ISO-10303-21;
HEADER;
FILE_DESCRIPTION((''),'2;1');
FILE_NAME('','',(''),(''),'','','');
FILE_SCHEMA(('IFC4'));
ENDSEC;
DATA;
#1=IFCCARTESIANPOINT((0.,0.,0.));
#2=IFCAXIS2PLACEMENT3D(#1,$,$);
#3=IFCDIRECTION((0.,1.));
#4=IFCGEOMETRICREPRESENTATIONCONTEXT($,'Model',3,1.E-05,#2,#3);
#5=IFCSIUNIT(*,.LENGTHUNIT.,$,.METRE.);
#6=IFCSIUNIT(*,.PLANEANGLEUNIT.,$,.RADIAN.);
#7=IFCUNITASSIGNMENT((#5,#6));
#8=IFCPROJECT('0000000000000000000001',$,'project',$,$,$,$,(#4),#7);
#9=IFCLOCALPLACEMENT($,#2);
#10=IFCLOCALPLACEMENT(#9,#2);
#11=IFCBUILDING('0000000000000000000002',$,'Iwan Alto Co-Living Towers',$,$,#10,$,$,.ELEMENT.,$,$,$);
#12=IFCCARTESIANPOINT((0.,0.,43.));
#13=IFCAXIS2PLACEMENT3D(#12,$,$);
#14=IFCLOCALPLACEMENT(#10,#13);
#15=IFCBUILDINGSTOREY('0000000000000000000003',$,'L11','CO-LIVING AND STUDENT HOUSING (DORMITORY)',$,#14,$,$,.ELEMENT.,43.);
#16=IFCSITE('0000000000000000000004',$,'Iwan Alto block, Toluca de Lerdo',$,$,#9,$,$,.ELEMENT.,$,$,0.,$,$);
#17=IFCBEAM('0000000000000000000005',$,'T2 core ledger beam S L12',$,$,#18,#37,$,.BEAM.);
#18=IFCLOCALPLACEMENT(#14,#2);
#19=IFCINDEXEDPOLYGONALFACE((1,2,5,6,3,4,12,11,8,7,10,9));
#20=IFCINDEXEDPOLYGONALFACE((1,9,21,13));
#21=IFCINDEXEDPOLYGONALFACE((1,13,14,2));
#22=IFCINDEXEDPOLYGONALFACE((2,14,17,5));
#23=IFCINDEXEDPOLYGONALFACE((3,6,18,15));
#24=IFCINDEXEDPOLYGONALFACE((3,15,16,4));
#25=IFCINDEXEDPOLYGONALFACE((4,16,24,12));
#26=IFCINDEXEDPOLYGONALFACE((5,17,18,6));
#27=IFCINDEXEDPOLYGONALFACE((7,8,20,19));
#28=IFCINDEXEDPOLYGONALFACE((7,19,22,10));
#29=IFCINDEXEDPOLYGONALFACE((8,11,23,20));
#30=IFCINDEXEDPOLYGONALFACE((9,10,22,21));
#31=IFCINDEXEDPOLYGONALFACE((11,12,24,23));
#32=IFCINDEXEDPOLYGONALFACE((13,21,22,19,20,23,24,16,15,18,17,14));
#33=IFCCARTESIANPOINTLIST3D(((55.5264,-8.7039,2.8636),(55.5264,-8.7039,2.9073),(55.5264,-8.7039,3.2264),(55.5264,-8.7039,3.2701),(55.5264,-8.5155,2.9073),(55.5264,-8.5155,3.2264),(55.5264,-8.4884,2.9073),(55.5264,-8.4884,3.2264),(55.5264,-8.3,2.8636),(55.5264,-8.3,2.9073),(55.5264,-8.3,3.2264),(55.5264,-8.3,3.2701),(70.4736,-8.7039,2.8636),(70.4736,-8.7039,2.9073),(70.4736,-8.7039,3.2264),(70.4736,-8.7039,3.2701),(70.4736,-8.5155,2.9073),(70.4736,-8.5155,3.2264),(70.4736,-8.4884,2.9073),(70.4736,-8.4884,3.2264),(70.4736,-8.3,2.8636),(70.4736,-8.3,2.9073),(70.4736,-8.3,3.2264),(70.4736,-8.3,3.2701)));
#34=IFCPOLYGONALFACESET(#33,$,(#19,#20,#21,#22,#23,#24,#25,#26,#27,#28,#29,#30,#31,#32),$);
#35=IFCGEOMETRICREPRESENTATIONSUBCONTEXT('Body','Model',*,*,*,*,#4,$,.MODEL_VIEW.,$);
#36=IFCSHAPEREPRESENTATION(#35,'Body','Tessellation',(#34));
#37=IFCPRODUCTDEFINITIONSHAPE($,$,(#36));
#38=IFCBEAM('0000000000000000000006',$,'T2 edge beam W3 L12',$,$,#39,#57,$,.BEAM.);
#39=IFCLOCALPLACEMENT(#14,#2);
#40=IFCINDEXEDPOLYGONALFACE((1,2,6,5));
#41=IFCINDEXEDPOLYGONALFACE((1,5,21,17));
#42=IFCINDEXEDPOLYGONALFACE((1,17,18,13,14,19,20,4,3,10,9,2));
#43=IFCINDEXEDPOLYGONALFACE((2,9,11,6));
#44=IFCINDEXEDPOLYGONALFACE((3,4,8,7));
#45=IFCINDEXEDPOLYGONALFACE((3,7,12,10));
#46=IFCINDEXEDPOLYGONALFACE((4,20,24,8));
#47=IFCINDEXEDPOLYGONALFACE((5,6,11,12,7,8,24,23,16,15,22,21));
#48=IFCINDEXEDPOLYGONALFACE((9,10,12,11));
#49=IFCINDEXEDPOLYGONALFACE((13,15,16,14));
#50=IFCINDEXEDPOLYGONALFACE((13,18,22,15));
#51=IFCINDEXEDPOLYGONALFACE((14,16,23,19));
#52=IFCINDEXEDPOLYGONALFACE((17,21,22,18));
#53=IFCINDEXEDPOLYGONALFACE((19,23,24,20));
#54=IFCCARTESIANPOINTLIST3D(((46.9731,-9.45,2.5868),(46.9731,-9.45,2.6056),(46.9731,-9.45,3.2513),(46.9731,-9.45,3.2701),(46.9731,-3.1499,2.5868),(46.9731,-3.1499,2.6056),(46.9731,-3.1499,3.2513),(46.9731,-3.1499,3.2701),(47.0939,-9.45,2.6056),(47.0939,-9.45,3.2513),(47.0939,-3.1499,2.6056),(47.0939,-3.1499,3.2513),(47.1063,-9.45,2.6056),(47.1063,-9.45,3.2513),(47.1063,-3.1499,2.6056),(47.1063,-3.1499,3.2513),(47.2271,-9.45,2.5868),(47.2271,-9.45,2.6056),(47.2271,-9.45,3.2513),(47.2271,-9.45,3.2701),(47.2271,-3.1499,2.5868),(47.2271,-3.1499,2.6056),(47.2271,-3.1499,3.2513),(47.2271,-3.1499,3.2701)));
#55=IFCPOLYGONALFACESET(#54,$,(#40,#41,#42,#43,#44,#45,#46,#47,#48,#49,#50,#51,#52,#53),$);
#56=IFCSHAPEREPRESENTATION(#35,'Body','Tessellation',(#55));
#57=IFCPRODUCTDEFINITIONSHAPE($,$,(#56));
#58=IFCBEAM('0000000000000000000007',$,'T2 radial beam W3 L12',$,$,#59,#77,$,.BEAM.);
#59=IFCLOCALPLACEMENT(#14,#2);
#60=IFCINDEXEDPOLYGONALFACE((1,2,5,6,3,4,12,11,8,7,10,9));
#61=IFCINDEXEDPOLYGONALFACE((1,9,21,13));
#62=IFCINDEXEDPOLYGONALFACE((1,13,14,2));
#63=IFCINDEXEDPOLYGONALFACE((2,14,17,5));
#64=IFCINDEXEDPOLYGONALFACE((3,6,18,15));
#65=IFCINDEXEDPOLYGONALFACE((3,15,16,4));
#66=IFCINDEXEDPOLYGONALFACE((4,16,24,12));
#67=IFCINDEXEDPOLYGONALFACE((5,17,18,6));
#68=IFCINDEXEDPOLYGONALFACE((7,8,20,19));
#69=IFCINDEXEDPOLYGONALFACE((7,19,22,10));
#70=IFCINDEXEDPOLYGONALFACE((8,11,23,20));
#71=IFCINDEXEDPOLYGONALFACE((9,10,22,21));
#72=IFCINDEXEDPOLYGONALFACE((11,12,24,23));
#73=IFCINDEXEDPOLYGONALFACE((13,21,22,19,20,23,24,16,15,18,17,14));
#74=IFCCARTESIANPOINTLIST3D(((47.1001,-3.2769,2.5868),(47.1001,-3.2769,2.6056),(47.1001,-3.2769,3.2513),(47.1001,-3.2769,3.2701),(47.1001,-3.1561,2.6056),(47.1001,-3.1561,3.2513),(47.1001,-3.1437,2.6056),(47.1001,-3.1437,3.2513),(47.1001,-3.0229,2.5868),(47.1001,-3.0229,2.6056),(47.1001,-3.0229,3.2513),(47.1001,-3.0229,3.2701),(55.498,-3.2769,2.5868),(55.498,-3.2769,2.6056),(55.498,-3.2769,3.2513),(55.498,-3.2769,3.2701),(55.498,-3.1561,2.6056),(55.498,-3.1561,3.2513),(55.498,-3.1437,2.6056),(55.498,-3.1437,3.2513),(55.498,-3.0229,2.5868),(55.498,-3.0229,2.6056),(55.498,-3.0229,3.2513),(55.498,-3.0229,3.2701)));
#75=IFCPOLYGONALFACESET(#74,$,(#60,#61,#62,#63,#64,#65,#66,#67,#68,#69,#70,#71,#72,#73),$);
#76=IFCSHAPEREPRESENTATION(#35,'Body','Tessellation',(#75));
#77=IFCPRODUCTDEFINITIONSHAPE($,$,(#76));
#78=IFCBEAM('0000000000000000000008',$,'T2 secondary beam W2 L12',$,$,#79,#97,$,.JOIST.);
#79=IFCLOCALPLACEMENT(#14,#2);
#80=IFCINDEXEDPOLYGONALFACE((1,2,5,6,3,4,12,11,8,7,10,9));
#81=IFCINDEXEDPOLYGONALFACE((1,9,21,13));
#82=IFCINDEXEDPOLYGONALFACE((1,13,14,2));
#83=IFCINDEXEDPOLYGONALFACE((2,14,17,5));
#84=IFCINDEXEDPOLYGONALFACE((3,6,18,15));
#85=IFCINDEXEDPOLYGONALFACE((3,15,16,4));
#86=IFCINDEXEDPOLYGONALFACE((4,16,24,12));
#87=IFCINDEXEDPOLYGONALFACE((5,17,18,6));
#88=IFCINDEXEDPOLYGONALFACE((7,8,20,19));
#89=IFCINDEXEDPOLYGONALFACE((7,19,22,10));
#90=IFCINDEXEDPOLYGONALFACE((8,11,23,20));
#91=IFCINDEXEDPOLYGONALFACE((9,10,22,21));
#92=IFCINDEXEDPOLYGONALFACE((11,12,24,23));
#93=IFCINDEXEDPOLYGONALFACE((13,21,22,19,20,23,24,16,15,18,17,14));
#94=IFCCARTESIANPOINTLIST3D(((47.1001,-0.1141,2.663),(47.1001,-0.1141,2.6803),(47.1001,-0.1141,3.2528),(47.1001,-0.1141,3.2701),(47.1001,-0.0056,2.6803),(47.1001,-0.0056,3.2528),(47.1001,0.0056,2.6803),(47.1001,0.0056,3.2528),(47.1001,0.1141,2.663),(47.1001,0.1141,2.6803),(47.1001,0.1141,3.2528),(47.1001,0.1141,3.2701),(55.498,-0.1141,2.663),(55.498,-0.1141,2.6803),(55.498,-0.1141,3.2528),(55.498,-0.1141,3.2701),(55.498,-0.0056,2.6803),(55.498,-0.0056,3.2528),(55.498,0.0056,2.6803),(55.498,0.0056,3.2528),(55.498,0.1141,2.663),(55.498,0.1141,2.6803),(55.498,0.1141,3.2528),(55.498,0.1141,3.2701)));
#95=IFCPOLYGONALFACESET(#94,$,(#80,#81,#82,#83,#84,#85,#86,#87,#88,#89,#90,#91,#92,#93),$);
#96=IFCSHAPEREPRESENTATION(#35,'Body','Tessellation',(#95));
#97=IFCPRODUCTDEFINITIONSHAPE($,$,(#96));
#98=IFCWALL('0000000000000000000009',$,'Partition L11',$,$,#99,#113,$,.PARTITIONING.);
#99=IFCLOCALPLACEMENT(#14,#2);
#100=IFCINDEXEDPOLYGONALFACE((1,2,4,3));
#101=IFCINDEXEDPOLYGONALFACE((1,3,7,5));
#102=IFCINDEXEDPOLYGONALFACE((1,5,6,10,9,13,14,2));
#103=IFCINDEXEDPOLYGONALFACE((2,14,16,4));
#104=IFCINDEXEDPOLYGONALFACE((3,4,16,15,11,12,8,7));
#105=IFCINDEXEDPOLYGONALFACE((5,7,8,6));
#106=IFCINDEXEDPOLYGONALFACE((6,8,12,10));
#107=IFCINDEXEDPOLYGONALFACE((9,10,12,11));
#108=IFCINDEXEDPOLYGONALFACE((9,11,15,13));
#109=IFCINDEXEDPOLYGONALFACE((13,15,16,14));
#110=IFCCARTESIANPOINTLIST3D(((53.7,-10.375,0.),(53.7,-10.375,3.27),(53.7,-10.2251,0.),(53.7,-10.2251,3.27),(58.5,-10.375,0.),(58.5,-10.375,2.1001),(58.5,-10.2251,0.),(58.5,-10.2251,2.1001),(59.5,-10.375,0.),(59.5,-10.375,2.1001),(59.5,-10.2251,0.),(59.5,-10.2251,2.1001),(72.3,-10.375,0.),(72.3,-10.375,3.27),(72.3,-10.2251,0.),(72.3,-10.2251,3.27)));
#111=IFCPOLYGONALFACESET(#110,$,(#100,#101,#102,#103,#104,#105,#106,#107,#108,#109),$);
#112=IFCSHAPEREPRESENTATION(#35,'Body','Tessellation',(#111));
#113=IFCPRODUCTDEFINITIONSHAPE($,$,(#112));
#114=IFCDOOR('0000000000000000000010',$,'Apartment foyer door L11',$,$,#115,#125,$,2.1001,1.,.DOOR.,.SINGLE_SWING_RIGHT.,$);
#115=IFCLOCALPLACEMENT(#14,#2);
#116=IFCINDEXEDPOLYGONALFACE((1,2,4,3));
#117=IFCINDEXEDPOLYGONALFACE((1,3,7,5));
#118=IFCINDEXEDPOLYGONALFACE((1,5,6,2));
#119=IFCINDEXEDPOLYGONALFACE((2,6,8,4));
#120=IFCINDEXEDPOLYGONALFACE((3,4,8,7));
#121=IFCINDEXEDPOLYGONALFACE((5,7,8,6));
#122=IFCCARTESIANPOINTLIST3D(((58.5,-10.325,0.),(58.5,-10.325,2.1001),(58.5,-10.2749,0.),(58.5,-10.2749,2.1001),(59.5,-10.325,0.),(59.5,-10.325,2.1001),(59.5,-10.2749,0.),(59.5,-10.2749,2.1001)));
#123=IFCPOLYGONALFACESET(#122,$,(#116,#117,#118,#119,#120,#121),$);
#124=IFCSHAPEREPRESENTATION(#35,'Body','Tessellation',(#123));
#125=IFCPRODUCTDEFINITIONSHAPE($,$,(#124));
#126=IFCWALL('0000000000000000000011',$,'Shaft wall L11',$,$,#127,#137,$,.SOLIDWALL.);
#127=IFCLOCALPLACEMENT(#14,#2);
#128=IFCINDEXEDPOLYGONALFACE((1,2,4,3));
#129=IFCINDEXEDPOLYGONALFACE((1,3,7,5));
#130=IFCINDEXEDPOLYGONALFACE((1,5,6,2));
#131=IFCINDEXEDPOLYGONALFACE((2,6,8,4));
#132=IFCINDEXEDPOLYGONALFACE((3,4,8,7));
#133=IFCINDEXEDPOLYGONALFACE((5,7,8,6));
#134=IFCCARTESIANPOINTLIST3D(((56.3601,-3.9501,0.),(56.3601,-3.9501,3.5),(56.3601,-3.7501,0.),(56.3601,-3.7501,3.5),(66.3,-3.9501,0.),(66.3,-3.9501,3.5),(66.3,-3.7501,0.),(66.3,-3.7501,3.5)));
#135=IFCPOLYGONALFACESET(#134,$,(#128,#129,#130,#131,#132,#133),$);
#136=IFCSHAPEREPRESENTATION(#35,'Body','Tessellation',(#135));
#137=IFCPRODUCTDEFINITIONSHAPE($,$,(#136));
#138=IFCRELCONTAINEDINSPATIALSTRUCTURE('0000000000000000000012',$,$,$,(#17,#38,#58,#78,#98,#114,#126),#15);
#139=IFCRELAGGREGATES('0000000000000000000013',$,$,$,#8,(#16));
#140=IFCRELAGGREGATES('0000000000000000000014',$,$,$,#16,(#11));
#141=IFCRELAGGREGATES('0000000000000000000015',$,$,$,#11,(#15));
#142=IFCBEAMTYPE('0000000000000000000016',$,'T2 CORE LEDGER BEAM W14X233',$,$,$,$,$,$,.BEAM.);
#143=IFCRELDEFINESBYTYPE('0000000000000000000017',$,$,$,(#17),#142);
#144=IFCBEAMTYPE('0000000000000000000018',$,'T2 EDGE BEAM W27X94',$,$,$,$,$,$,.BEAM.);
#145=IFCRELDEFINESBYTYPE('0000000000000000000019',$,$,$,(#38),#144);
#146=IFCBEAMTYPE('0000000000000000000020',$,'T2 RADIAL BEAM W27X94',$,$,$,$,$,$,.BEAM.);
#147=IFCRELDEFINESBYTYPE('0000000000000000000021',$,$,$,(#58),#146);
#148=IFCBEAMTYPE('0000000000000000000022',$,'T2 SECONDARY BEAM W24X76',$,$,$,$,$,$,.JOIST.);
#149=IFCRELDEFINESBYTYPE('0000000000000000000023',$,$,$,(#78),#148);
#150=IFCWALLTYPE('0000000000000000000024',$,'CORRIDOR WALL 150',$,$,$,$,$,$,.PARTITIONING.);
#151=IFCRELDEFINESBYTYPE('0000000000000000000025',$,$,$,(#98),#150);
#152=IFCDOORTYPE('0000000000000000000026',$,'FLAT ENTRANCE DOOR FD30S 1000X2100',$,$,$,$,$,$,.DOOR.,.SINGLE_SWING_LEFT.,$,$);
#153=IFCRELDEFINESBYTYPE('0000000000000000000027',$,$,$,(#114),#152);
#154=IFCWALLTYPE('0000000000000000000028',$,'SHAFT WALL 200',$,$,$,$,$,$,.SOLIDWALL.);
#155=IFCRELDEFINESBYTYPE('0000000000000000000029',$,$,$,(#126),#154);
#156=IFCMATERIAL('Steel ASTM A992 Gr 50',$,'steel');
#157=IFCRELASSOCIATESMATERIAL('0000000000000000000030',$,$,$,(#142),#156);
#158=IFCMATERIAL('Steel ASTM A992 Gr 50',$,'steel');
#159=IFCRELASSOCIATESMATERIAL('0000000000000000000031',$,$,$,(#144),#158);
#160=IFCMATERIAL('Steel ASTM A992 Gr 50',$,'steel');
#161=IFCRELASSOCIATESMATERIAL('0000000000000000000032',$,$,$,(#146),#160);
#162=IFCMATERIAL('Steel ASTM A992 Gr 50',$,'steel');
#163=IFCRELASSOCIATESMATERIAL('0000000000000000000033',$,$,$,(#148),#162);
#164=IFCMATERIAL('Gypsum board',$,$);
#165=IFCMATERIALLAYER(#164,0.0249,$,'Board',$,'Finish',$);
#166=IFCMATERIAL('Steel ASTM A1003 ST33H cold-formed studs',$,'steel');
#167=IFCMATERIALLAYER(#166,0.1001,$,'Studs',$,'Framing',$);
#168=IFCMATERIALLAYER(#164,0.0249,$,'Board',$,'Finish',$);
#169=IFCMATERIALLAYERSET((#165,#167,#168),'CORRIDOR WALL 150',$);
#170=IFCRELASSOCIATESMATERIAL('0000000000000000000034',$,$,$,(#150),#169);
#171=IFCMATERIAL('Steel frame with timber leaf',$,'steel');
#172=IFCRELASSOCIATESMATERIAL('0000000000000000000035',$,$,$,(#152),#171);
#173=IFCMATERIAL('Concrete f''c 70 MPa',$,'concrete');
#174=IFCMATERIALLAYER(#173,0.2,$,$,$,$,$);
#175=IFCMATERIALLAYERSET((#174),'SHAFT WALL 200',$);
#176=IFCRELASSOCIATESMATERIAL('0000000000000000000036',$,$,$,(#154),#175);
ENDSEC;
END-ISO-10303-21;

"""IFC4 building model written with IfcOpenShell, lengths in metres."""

from ifc_helpers import new_model, si_unit, direction, frame, frame_2d, origin, origin_2d, place, context, subcontext, project, spatial, rectangle, i_section, extrude, material, layer, layer_set, material_profile, profile_set, type_object, element, fill, save


model = new_model("IFC4")

# Units and contexts
model_context = context("Model", 3, precision=1e-05, world=origin(), true_north=direction((0.0, 1.0)))
body_context = subcontext(model_context, "Body", "Model", "MODEL_VIEW")
ifc_project = project(units=[si_unit("LENGTHUNIT", "METRE"), si_unit("PLANEANGLEUNIT", "RADIAN")], contexts=[model_context])

# Site, building, storey
site_placement = place(None, origin())
site = spatial("IfcSite", under=ifc_project, at=site_placement, Name="Iwan Alto block, Toluca de Lerdo", CompositionType="ELEMENT", RefElevation=0.0)
building_placement = place(site_placement, origin())
building = spatial("IfcBuilding", under=site, at=building_placement, Name="Iwan Alto Co-Living Towers", CompositionType="ELEMENT")
storey_placement = place(building_placement, frame((0.0, 0.0, 43.0)))
storey = spatial("IfcBuildingStorey", under=building, at=storey_placement, Name="L11", Description="CO-LIVING AND STUDENT HOUSING (DORMITORY)", CompositionType="ELEMENT", Elevation=43.0)

# Beams
ifc_material_1 = material(Name="Steel ASTM A992 Gr 50", Category="steel")
ifc_material_profile_1 = material_profile(ifc_material_1, i_section(OverallWidth=0.4038, OverallDepth=0.4065, WebThickness=0.0271, FlangeThickness=0.0437, at=origin_2d()), Name="W14X233")
ifc_profile_set_1 = profile_set([ifc_material_profile_1], Name="Steel ASTM A992 Gr 50")
beam_type_1 = type_object("IfcBeamType", Name="T2 CORE LEDGER BEAM W14X233", PredefinedType="BEAM", material=ifc_profile_set_1)
beam_1_placement = place(storey_placement, frame((55.5264, -8.502, 3.0669), z_axis=(1.0, 0.0, 0.0), x_axis=(0.0, 1.0, 0.0)))
element("IfcBeam", 1, at=beam_1_placement, inside=storey, type_object=beam_type_1, Name="T2 core ledger beam S L12", PredefinedType="BEAM", context=body_context, shape_type="SweptSolid", body=[
    extrude(i_section(OverallWidth=0.4038, OverallDepth=0.4065, WebThickness=0.0271, FlangeThickness=0.0437, at=origin_2d()), origin(), (0.0, 0.0, 1.0), 14.9473),
])
ifc_material_2 = material(Name="Steel ASTM A992 Gr 50", Category="steel")
ifc_material_profile_2 = material_profile(ifc_material_2, i_section(OverallWidth=0.2539, OverallDepth=0.6833, WebThickness=0.0125, FlangeThickness=0.0188, at=origin_2d()), Name="W27X94")
ifc_profile_set_2 = profile_set([ifc_material_profile_2], Name="Steel ASTM A992 Gr 50")
beam_type_2 = type_object("IfcBeamType", Name="T2 EDGE BEAM W27X94", PredefinedType="BEAM", material=ifc_profile_set_2)
beam_2_placement = place(storey_placement, frame((47.1001, -3.1499, 2.9285), z_axis=(0.0, -1.0, 0.0), x_axis=(1.0, 0.0, 0.0)))
element("IfcBeam", 2, at=beam_2_placement, inside=storey, type_object=beam_type_2, Name="T2 edge beam W3 L12", PredefinedType="BEAM", context=body_context, shape_type="SweptSolid", body=[
    extrude(i_section(OverallWidth=0.2539, OverallDepth=0.6833, WebThickness=0.0125, FlangeThickness=0.0188, at=origin_2d()), origin(), (0.0, 0.0, 1.0), 6.3),
])
ifc_material_3 = material(Name="Steel ASTM A992 Gr 50", Category="steel")
ifc_material_profile_3 = material_profile(ifc_material_3, i_section(OverallWidth=0.2539, OverallDepth=0.6833, WebThickness=0.0125, FlangeThickness=0.0188, at=origin_2d()), Name="W27X94")
ifc_profile_set_3 = profile_set([ifc_material_profile_3], Name="Steel ASTM A992 Gr 50")
beam_type_3 = type_object("IfcBeamType", Name="T2 RADIAL BEAM W27X94", PredefinedType="BEAM", material=ifc_profile_set_3)
beam_3_placement = place(storey_placement, frame((47.1001, -3.1499, 2.9285), z_axis=(1.0, 0.0, 0.0), x_axis=(0.0, 1.0, 0.0)))
element("IfcBeam", 3, at=beam_3_placement, inside=storey, type_object=beam_type_3, Name="T2 radial beam W3 L12", PredefinedType="BEAM", context=body_context, shape_type="SweptSolid", body=[
    extrude(i_section(OverallWidth=0.2539, OverallDepth=0.6833, WebThickness=0.0125, FlangeThickness=0.0188, at=origin_2d()), origin(), (0.0, 0.0, 1.0), 8.3979),
])
ifc_material_4 = material(Name="Steel ASTM A992 Gr 50", Category="steel")
ifc_material_profile_4 = material_profile(ifc_material_4, i_section(OverallWidth=0.2283, OverallDepth=0.6072, WebThickness=0.0112, FlangeThickness=0.0173, at=origin_2d()), Name="W24X76")
ifc_profile_set_4 = profile_set([ifc_material_profile_4], Name="Steel ASTM A992 Gr 50")
beam_type_4 = type_object("IfcBeamType", Name="T2 SECONDARY BEAM W24X76", PredefinedType="JOIST", material=ifc_profile_set_4)
beam_4_placement = place(storey_placement, frame((47.1001, 0.0, 2.9666), z_axis=(1.0, 0.0, 0.0), x_axis=(0.0, 1.0, 0.0)))
element("IfcBeam", 4, at=beam_4_placement, inside=storey, type_object=beam_type_4, Name="T2 secondary beam W2 L12", PredefinedType="JOIST", context=body_context, shape_type="SweptSolid", body=[
    extrude(i_section(OverallWidth=0.2283, OverallDepth=0.6072, WebThickness=0.0112, FlangeThickness=0.0173, at=origin_2d()), origin(), (0.0, 0.0, 1.0), 8.3979),
])

# Wall, opening, door
ifc_material_5 = material(Name="Gypsum board")
ifc_layer_1 = layer(ifc_material_5, 0.0249, Name="Board", Category="Finish")
ifc_material_6 = material(Name="Steel ASTM A1003 ST33H cold-formed studs", Category="steel")
ifc_layer_2 = layer(ifc_material_6, 0.1001, Name="Studs", Category="Framing")
ifc_layer_3 = layer(ifc_material_5, 0.0249, Name="Board", Category="Finish")
ifc_layer_set_1 = layer_set([ifc_layer_1, ifc_layer_2, ifc_layer_3], Name="CORRIDOR WALL 150")
wall_type_1 = type_object("IfcWallType", Name="CORRIDOR WALL 150", PredefinedType="PARTITIONING", material=ifc_layer_set_1)
wall_1_placement = place(storey_placement, frame((53.7, -10.3, 0.0), z_axis=(0.0, 0.0, 1.0), x_axis=(1.0, 0.0, 0.0)))
wall_1 = element("IfcWall", 5, at=wall_1_placement, inside=storey, type_object=wall_type_1, Name="Partition L11", PredefinedType="PARTITIONING", context=body_context, shape_type="SweptSolid", body=[
    extrude(rectangle(XDim=18.6001, YDim=0.1499, at=frame_2d((9.3, 0.0))), origin(), (0.0, 0.0, 1.0), 3.27),
])
opening_1_placement = place(wall_1_placement, frame((4.8, 0.0, 0.0)))
opening_1 = element("IfcOpeningElement", 6, at=opening_1_placement, cuts=wall_1, PredefinedType="OPENING", context=body_context, shape_type="SweptSolid", body=[
    extrude(rectangle(XDim=1.0, YDim=2.1001, at=frame_2d((0.5, 1.05))), frame((0.0, 0.085, 0.0), z_axis=(0.0, -1.0, 0.0), x_axis=(1.0, 0.0, 0.0)), (0.0, 0.0, 1.0), 0.1699),
])
ifc_material_7 = material(Name="Steel frame with timber leaf", Category="steel")
door_type_1 = type_object("IfcDoorType", Name="FLAT ENTRANCE DOOR FD30S 1000X2100", OperationType="SINGLE_SWING_LEFT", PredefinedType="DOOR", material=ifc_material_7)
door_1_placement = place(opening_1_placement, frame((1.0, 0.0, 0.0), z_axis=(0.0, 0.0, 1.0), x_axis=(-1.0, 0.0, 0.0)))
door_1 = element("IfcDoor", 7, at=door_1_placement, inside=storey, type_object=door_type_1, Name="Apartment foyer door L11", OperationType="SINGLE_SWING_RIGHT", OverallHeight=2.1001, OverallWidth=1.0, PredefinedType="DOOR", context=body_context, shape_type="SweptSolid", body=[
    extrude(rectangle(XDim=1.0, YDim=2.1001, at=frame_2d((0.5, 1.05))), frame((0.0, 0.0249, 0.0), z_axis=(0.0, -1.0, 0.0), x_axis=(1.0, 0.0, 0.0)), (0.0, 0.0, 1.0), 0.05),
])
fill(opening_1, door_1)

# Wall
ifc_material_8 = material(Name="Concrete f'c 70 MPa", Category="concrete")
ifc_layer_4 = layer(ifc_material_8, 0.2)
ifc_layer_set_2 = layer_set([ifc_layer_4], Name="SHAFT WALL 200")
wall_type_2 = type_object("IfcWallType", Name="SHAFT WALL 200", PredefinedType="SOLIDWALL", material=ifc_layer_set_2)
wall_2_placement = place(storey_placement, frame((56.3601, -3.8501, 0.0), z_axis=(0.0, 0.0, 1.0), x_axis=(1.0, 0.0, 0.0)))
element("IfcWall", 8, at=wall_2_placement, inside=storey, type_object=wall_type_2, Name="Shaft wall L11", PredefinedType="SOLIDWALL", context=body_context, shape_type="SweptSolid", body=[
    extrude(rectangle(XDim=9.9399, YDim=0.2, at=frame_2d((4.97, 0.0))), origin(), (0.0, 0.0, 1.0), 3.5),
])

save(model, "model.ifc")
